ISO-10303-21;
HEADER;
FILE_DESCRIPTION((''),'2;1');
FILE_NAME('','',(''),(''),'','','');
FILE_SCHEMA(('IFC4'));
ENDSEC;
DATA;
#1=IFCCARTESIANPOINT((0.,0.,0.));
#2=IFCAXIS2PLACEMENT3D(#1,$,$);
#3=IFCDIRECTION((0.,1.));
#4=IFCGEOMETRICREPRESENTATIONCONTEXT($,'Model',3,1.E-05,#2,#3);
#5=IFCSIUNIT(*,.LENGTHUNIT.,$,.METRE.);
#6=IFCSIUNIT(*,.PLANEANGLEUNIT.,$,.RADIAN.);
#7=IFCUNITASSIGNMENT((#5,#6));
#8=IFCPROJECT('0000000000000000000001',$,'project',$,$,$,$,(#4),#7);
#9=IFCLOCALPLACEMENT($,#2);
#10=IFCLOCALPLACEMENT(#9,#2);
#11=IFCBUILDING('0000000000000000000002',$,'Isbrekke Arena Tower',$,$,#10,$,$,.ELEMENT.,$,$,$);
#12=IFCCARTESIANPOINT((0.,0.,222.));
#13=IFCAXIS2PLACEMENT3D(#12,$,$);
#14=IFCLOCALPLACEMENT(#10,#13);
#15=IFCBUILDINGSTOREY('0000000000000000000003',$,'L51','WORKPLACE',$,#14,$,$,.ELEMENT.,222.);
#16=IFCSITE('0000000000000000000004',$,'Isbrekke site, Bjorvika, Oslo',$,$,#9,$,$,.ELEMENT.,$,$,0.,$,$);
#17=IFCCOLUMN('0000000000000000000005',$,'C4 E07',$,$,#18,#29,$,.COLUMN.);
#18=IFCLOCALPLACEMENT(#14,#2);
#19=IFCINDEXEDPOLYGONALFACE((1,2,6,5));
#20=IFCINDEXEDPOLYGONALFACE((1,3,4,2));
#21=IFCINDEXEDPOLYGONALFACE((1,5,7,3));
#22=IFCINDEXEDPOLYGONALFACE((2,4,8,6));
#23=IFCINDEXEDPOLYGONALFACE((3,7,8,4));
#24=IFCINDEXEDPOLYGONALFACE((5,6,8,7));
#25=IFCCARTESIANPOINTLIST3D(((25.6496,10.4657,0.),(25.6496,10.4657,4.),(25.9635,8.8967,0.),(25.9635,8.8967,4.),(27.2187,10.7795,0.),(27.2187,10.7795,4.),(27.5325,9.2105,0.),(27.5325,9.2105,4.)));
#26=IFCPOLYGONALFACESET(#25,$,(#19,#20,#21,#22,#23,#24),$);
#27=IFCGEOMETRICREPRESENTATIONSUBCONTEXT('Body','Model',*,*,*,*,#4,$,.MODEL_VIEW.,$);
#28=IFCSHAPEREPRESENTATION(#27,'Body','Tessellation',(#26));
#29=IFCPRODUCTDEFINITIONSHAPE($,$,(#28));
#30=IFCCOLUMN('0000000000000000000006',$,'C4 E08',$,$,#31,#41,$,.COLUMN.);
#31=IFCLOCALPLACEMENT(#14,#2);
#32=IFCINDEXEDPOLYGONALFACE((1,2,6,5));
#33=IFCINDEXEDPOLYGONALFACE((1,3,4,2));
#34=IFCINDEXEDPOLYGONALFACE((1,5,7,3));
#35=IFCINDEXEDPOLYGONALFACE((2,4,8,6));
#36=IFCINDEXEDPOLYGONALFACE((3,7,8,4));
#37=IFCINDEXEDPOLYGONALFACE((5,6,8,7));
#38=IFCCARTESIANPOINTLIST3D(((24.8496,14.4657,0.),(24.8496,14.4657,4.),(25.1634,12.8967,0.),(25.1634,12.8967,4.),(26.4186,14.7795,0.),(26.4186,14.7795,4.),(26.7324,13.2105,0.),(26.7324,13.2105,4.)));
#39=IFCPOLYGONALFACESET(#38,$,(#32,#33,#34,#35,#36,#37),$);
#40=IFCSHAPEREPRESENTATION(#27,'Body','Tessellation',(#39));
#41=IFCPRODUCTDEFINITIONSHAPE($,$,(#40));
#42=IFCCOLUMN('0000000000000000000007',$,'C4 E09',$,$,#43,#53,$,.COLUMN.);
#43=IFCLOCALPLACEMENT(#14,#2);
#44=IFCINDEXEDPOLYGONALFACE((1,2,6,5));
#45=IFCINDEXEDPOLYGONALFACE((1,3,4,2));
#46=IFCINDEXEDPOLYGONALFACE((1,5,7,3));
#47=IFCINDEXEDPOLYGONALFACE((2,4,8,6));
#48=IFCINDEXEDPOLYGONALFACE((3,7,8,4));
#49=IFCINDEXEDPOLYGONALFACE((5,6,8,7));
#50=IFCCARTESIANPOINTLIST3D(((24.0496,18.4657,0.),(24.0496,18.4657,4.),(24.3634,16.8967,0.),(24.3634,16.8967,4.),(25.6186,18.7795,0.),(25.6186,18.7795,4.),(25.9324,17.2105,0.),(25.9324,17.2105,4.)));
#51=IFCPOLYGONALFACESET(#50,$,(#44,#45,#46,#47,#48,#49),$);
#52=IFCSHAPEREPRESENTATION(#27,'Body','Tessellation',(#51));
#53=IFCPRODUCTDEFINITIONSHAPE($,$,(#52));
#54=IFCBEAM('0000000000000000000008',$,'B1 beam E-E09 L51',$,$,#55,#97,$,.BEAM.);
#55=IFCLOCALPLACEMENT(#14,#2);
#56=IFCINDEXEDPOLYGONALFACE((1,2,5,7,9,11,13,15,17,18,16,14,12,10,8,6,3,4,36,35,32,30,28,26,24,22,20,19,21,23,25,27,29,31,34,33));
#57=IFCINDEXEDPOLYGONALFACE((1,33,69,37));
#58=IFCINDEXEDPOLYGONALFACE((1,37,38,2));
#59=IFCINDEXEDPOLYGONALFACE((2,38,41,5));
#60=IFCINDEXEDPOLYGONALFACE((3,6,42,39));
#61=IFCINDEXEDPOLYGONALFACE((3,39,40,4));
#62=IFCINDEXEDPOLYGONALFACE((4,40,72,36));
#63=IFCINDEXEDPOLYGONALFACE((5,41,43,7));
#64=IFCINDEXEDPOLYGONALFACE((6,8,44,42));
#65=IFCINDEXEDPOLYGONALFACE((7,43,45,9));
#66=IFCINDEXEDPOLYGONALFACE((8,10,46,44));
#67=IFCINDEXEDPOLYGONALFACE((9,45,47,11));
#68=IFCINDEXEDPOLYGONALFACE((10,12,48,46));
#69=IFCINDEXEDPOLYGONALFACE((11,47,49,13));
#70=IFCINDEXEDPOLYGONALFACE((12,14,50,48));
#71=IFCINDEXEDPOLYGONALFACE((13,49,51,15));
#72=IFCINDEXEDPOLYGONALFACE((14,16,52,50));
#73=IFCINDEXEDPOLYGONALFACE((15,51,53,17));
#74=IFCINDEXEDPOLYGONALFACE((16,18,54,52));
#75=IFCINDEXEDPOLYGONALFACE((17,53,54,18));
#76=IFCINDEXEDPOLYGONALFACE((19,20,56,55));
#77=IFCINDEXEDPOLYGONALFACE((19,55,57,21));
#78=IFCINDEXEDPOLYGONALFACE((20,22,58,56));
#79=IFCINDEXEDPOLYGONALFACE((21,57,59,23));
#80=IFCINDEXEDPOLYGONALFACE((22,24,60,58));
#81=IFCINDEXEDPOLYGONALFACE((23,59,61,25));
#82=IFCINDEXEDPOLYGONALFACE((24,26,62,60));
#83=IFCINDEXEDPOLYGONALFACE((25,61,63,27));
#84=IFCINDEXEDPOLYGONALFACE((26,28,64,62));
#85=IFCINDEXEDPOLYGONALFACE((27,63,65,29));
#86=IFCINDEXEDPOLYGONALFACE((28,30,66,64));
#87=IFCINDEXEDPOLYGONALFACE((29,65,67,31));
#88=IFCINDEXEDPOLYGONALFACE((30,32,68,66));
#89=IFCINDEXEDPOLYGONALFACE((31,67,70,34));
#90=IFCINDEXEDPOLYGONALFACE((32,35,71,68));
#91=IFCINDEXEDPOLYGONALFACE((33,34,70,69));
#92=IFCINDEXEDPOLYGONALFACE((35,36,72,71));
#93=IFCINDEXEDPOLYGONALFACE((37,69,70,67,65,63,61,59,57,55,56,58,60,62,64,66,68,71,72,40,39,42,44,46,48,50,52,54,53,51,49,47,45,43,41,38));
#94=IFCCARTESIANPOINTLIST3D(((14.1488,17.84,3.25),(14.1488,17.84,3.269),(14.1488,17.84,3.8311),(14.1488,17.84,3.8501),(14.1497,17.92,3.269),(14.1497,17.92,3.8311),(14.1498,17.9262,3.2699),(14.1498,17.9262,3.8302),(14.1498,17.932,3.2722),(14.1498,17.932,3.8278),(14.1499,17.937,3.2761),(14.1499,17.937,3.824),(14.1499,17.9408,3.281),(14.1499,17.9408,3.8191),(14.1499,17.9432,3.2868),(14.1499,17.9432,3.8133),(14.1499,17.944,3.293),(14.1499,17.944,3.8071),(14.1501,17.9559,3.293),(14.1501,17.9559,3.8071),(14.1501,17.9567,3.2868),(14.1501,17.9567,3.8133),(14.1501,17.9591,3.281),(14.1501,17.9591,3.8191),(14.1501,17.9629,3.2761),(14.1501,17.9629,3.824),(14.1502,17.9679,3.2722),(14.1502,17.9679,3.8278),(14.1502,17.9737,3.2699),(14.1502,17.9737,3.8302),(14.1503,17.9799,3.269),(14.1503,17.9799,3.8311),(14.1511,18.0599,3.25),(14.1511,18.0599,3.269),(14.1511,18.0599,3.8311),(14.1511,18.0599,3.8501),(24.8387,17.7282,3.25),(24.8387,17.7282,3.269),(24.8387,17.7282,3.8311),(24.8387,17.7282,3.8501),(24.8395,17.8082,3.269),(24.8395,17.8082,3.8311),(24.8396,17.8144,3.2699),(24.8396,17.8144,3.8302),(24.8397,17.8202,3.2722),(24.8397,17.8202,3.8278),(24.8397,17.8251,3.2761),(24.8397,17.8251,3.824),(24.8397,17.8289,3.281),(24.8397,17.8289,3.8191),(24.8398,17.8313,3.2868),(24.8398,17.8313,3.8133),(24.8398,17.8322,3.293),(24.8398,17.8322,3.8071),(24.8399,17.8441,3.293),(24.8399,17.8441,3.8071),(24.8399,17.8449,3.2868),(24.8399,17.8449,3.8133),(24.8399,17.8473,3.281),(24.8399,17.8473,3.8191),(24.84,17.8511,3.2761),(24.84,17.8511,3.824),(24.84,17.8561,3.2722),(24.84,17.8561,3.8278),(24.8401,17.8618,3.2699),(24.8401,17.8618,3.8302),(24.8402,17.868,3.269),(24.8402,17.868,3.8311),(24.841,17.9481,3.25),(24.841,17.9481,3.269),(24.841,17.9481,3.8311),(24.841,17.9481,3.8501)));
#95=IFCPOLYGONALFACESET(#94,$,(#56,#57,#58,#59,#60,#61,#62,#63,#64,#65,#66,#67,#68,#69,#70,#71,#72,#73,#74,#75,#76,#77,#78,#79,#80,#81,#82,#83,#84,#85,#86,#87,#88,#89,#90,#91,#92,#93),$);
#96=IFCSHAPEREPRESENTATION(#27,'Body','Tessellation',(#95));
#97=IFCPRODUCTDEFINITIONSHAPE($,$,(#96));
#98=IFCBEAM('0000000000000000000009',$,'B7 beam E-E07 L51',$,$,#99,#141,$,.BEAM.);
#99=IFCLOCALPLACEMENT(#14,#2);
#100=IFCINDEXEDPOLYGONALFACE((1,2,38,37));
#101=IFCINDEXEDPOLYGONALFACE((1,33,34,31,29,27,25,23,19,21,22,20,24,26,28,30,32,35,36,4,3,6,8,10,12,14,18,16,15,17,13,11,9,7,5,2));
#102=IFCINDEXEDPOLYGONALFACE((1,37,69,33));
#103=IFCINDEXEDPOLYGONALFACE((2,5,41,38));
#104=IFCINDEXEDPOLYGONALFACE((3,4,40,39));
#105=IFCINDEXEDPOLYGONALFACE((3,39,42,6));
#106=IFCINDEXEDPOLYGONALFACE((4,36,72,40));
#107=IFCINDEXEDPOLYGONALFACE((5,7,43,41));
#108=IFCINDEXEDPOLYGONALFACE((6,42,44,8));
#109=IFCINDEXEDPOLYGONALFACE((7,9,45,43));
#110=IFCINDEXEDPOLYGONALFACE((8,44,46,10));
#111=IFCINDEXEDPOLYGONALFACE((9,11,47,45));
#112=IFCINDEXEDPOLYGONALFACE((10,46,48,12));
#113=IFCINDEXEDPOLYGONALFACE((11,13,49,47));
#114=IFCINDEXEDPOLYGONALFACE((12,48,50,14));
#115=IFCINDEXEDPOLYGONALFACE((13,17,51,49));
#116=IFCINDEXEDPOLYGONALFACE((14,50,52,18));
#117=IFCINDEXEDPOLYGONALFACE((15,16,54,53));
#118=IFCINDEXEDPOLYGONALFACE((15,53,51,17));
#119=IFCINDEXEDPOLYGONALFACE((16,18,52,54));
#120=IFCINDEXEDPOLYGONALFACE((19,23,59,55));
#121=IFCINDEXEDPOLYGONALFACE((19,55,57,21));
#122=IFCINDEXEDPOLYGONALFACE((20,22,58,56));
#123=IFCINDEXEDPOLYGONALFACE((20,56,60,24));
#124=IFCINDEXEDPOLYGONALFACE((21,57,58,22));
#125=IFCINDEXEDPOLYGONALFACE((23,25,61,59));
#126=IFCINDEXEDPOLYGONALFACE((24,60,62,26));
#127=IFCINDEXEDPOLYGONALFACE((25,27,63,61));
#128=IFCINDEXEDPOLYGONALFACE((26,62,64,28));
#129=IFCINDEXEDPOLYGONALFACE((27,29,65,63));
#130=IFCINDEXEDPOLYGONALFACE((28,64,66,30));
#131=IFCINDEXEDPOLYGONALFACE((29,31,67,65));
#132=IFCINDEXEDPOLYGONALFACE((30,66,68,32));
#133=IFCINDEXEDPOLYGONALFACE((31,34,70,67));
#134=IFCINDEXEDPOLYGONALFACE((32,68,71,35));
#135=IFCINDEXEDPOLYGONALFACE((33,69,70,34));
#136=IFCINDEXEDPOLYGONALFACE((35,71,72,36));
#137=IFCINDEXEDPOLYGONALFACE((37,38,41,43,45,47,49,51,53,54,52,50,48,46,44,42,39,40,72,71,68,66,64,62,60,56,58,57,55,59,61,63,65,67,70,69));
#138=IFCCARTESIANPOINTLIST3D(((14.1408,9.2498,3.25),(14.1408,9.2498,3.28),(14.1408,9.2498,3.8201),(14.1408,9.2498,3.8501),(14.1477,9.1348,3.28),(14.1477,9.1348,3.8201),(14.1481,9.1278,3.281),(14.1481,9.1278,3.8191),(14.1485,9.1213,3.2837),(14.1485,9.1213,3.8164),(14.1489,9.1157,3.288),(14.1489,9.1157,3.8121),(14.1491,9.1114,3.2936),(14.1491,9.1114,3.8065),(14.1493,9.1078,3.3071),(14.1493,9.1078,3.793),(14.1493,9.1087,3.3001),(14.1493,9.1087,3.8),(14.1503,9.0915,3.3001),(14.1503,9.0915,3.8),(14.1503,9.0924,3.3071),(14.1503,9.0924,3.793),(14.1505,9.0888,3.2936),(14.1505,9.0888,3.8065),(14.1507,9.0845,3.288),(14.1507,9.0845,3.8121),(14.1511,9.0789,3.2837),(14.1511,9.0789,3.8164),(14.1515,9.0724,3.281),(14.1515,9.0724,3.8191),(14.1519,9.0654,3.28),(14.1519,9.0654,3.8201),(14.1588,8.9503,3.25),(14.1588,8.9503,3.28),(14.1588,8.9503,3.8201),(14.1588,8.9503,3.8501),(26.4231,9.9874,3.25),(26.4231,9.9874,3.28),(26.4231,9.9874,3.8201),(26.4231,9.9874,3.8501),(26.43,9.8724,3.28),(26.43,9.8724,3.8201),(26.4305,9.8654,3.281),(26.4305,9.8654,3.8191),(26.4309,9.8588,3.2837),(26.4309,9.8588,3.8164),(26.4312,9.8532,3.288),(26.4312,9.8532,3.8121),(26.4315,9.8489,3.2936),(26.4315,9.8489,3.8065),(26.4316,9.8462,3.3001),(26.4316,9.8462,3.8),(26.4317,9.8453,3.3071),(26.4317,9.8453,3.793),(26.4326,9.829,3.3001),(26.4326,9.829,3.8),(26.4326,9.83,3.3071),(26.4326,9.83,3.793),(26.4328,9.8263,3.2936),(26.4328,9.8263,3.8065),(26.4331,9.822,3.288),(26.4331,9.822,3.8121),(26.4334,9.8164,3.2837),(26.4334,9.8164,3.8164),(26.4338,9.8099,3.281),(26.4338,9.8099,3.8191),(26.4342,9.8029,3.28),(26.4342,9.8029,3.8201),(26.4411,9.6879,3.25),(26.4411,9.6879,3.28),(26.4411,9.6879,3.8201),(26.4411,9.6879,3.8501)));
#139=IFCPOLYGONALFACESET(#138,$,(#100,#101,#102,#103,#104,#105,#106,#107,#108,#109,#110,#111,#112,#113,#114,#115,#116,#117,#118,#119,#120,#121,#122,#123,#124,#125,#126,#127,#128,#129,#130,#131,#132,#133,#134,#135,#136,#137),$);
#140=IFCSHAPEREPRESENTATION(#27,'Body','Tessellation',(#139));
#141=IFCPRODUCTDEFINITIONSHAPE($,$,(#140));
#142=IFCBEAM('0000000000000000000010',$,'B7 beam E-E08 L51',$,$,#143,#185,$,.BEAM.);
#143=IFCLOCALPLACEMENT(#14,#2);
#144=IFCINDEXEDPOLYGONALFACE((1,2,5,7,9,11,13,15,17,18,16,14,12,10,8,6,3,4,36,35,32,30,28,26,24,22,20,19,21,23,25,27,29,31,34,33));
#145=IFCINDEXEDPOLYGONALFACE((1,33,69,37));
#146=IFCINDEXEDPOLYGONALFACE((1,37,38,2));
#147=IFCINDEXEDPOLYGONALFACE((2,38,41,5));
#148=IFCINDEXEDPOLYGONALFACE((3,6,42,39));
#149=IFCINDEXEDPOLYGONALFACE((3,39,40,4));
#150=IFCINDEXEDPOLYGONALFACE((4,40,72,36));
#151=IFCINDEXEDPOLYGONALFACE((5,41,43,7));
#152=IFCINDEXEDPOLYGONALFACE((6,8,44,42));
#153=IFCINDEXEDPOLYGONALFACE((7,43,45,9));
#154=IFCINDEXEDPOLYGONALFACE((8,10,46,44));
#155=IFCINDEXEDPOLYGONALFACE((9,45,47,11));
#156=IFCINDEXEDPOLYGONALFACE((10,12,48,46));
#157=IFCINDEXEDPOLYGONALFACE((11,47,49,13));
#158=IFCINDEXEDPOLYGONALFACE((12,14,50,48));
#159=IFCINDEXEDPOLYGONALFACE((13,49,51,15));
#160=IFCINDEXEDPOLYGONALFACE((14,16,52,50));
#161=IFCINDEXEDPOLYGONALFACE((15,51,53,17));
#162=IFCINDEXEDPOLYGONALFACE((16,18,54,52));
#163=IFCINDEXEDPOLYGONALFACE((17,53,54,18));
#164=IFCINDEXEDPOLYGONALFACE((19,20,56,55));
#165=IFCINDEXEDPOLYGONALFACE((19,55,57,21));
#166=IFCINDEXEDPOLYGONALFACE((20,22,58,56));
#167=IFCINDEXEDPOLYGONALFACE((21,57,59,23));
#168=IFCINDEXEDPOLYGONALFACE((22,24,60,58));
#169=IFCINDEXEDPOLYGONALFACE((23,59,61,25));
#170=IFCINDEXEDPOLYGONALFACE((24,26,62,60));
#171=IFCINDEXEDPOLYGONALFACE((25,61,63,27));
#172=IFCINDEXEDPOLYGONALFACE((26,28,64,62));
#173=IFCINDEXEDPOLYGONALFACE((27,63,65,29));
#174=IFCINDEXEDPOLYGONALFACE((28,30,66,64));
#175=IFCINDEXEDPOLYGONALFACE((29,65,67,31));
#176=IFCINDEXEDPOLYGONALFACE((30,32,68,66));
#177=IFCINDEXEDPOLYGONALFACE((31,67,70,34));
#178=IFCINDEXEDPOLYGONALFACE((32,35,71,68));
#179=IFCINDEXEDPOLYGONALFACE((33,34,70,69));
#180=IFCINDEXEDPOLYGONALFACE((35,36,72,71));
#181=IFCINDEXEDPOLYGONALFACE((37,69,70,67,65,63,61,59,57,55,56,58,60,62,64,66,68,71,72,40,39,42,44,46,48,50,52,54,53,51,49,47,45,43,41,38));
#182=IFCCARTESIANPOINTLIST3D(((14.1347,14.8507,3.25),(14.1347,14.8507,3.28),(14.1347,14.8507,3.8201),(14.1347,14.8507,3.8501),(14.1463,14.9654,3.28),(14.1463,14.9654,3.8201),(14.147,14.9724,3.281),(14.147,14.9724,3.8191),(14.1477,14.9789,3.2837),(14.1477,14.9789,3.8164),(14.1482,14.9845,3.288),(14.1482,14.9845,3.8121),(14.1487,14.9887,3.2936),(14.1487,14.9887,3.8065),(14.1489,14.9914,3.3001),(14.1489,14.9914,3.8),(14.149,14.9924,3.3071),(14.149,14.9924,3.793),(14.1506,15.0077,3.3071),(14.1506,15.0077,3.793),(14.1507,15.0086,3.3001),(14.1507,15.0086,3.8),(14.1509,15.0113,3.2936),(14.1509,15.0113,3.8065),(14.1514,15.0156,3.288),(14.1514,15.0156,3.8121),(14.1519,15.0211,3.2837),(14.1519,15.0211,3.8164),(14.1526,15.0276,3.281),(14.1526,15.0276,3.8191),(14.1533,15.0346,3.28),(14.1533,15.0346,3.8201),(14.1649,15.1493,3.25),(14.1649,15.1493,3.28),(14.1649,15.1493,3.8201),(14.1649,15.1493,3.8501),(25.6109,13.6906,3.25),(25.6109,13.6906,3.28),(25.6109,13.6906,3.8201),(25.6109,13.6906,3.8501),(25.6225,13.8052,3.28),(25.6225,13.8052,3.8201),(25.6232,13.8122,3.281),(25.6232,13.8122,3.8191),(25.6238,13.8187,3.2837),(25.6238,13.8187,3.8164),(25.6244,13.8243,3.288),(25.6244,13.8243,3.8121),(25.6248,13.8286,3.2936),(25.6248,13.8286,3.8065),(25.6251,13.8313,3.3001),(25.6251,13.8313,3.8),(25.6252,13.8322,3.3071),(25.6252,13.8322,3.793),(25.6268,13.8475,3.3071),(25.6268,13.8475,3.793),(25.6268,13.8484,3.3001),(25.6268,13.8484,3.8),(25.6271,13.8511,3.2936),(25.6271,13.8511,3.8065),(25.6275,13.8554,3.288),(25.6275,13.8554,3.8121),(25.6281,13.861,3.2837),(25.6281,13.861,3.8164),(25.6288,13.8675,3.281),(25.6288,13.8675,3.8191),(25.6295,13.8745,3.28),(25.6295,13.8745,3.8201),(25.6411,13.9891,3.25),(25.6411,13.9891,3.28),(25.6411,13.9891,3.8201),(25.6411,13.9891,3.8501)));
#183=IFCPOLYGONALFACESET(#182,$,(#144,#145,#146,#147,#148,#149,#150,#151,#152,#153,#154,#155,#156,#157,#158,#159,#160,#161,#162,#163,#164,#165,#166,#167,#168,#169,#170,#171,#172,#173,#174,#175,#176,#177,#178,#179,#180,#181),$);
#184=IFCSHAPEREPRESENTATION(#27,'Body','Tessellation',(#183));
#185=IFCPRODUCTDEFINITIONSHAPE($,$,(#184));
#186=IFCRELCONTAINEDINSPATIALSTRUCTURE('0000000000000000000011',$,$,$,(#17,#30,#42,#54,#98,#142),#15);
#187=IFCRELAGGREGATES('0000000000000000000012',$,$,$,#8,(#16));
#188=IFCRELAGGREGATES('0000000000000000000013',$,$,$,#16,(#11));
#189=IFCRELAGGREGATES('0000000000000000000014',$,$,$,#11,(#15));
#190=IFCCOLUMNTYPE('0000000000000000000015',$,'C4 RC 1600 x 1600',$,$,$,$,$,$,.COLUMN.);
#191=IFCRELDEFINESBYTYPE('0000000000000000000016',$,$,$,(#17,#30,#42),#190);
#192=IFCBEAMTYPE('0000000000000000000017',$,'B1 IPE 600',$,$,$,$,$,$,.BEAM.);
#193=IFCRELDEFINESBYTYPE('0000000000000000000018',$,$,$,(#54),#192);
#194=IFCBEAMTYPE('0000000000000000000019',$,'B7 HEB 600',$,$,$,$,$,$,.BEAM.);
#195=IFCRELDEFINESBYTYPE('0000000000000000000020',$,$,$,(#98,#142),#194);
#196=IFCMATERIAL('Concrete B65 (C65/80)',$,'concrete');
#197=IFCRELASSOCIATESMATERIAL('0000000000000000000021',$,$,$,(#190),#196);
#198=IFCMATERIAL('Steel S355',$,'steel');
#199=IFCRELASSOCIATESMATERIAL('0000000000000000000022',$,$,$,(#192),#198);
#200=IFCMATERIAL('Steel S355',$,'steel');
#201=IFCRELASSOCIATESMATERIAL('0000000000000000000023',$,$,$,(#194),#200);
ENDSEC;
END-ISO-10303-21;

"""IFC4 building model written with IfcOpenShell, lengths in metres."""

from ifc_helpers import new_model, si_unit, direction, frame, origin, origin_2d, place, context, subcontext, project, spatial, rectangle, i_section, extrude, material, material_profile, profile_set, type_object, element, save


model = new_model("IFC4")

# Units and contexts
model_context = context("Model", 3, precision=1e-05, world=origin(), true_north=direction((0.0, 1.0)))
body_context = subcontext(model_context, "Body", "Model", "MODEL_VIEW")
ifc_project = project(units=[si_unit("LENGTHUNIT", "METRE"), si_unit("PLANEANGLEUNIT", "RADIAN")], contexts=[model_context])

# Site, building, storey
site_placement = place(None, origin())
site = spatial("IfcSite", under=ifc_project, at=site_placement, Name="Isbrekke site, Bjorvika, Oslo", CompositionType="ELEMENT", RefElevation=0.0)
building_placement = place(site_placement, origin())
building = spatial("IfcBuilding", under=site, at=building_placement, Name="Isbrekke Arena Tower", CompositionType="ELEMENT")
storey_placement = place(building_placement, frame((0.0, 0.0, 222.0)))
storey = spatial("IfcBuildingStorey", under=building, at=storey_placement, Name="L51", Description="WORKPLACE", CompositionType="ELEMENT", Elevation=222.0)

# Columns
ifc_material_1 = material(Name="Concrete B65 (C65/80)", Category="concrete")
ifc_material_profile_1 = material_profile(ifc_material_1, rectangle(XDim=1.6001, YDim=1.6001, at=origin_2d()), Name="RC 1600x1600")
ifc_profile_set_1 = profile_set([ifc_material_profile_1], Name="Concrete B65 (C65/80)")
column_type = type_object("IfcColumnType", Name="C4 RC 1600 x 1600", PredefinedType="COLUMN", material=ifc_profile_set_1)
for number, where, z_axis, x_axis, name in (
    (1, (26.5911, 9.8381, 0.0), (0.0, 0.0, 1.0), (-0.196116, 0.980581, 0.0), "C4 E07"),
    (2, (25.791, 13.8381, 0.0), (0.0, 0.0, 1.0), (-0.196116, 0.980581, 0.0), "C4 E08"),
    (3, (24.991, 17.8381, 0.0), (0.0, 0.0, 1.0), (-0.196116, 0.980581, 0.0), "C4 E09"),
):
    element("IfcColumn", number, at=place(storey_placement, frame(where, z_axis=z_axis, x_axis=x_axis)), inside=storey, type_object=column_type, Name=name, PredefinedType="COLUMN", context=body_context, shape_type="SweptSolid", body=[
        extrude(rectangle(XDim=1.6001, YDim=1.6001, at=origin_2d()), origin(), (0.0, 0.0, 1.0), 4.0),
    ])

# Beams
ifc_material_2 = material(Name="Steel S355", Category="steel")
ifc_material_profile_2 = material_profile(ifc_material_2, i_section(OverallWidth=0.22, OverallDepth=0.6001, WebThickness=0.012, FlangeThickness=0.019, FilletRadius=0.0239, at=origin_2d()), Name="IPE 600")
ifc_profile_set_2 = profile_set([ifc_material_profile_2], Name="Steel S355")
beam_type_1 = type_object("IfcBeamType", Name="B1 IPE 600", PredefinedType="BEAM", material=ifc_profile_set_2)
beam_1_placement = place(storey_placement, frame((24.8398, 17.8381, 3.55), z_axis=(-0.999945, 0.010459, 0.0), x_axis=(-0.010459, -0.999945, 0.0)))
element("IfcBeam", 4, at=beam_1_placement, inside=storey, type_object=beam_type_1, Name="B1 beam E-E09 L51", PredefinedType="BEAM", context=body_context, shape_type="SweptSolid", body=[
    extrude(i_section(OverallWidth=0.22, OverallDepth=0.6001, WebThickness=0.012, FlangeThickness=0.019, FilletRadius=0.0239, at=origin_2d()), origin(), (0.0, 0.0, 1.0), 10.6904),
])
ifc_material_3 = material(Name="Steel S355", Category="steel")
ifc_material_profile_3 = material_profile(ifc_material_3, i_section(OverallWidth=0.3, OverallDepth=0.6001, WebThickness=0.0154, FlangeThickness=0.03, FilletRadius=0.0271, at=origin_2d()), Name="HEB 600")
ifc_profile_set_3 = profile_set([ifc_material_profile_3], Name="Steel S355")
beam_type_2 = type_object("IfcBeamType", Name="B7 HEB 600", PredefinedType="BEAM", material=ifc_profile_set_3)
beam_2_placement = place(storey_placement, frame((26.4321, 9.8376, 3.55), z_axis=(-0.998202, -0.059942, 0.0), x_axis=(0.059942, -0.998202, 0.0)))
element("IfcBeam", 5, at=beam_2_placement, inside=storey, type_object=beam_type_2, Name="B7 beam E-E07 L51", PredefinedType="BEAM", context=body_context, shape_type="SweptSolid", body=[
    extrude(i_section(OverallWidth=0.3, OverallDepth=0.6001, WebThickness=0.0154, FlangeThickness=0.03, FilletRadius=0.0271, at=origin_2d()), origin(), (0.0, 0.0, 1.0), 12.3044),
])
beam_3_placement = place(storey_placement, frame((25.626, 13.8398, 3.55), z_axis=(-0.994929, 0.100581, 0.0), x_axis=(-0.100581, -0.994929, 0.0)))
element("IfcBeam", 6, at=beam_3_placement, inside=storey, type_object=beam_type_2, Name="B7 beam E-E08 L51", PredefinedType="BEAM", context=body_context, shape_type="SweptSolid", body=[
    extrude(i_section(OverallWidth=0.3, OverallDepth=0.6001, WebThickness=0.0154, FlangeThickness=0.03, FilletRadius=0.0271, at=origin_2d()), origin(), (0.0, 0.0, 1.0), 11.5347),
])

save(model, "model.ifc")
